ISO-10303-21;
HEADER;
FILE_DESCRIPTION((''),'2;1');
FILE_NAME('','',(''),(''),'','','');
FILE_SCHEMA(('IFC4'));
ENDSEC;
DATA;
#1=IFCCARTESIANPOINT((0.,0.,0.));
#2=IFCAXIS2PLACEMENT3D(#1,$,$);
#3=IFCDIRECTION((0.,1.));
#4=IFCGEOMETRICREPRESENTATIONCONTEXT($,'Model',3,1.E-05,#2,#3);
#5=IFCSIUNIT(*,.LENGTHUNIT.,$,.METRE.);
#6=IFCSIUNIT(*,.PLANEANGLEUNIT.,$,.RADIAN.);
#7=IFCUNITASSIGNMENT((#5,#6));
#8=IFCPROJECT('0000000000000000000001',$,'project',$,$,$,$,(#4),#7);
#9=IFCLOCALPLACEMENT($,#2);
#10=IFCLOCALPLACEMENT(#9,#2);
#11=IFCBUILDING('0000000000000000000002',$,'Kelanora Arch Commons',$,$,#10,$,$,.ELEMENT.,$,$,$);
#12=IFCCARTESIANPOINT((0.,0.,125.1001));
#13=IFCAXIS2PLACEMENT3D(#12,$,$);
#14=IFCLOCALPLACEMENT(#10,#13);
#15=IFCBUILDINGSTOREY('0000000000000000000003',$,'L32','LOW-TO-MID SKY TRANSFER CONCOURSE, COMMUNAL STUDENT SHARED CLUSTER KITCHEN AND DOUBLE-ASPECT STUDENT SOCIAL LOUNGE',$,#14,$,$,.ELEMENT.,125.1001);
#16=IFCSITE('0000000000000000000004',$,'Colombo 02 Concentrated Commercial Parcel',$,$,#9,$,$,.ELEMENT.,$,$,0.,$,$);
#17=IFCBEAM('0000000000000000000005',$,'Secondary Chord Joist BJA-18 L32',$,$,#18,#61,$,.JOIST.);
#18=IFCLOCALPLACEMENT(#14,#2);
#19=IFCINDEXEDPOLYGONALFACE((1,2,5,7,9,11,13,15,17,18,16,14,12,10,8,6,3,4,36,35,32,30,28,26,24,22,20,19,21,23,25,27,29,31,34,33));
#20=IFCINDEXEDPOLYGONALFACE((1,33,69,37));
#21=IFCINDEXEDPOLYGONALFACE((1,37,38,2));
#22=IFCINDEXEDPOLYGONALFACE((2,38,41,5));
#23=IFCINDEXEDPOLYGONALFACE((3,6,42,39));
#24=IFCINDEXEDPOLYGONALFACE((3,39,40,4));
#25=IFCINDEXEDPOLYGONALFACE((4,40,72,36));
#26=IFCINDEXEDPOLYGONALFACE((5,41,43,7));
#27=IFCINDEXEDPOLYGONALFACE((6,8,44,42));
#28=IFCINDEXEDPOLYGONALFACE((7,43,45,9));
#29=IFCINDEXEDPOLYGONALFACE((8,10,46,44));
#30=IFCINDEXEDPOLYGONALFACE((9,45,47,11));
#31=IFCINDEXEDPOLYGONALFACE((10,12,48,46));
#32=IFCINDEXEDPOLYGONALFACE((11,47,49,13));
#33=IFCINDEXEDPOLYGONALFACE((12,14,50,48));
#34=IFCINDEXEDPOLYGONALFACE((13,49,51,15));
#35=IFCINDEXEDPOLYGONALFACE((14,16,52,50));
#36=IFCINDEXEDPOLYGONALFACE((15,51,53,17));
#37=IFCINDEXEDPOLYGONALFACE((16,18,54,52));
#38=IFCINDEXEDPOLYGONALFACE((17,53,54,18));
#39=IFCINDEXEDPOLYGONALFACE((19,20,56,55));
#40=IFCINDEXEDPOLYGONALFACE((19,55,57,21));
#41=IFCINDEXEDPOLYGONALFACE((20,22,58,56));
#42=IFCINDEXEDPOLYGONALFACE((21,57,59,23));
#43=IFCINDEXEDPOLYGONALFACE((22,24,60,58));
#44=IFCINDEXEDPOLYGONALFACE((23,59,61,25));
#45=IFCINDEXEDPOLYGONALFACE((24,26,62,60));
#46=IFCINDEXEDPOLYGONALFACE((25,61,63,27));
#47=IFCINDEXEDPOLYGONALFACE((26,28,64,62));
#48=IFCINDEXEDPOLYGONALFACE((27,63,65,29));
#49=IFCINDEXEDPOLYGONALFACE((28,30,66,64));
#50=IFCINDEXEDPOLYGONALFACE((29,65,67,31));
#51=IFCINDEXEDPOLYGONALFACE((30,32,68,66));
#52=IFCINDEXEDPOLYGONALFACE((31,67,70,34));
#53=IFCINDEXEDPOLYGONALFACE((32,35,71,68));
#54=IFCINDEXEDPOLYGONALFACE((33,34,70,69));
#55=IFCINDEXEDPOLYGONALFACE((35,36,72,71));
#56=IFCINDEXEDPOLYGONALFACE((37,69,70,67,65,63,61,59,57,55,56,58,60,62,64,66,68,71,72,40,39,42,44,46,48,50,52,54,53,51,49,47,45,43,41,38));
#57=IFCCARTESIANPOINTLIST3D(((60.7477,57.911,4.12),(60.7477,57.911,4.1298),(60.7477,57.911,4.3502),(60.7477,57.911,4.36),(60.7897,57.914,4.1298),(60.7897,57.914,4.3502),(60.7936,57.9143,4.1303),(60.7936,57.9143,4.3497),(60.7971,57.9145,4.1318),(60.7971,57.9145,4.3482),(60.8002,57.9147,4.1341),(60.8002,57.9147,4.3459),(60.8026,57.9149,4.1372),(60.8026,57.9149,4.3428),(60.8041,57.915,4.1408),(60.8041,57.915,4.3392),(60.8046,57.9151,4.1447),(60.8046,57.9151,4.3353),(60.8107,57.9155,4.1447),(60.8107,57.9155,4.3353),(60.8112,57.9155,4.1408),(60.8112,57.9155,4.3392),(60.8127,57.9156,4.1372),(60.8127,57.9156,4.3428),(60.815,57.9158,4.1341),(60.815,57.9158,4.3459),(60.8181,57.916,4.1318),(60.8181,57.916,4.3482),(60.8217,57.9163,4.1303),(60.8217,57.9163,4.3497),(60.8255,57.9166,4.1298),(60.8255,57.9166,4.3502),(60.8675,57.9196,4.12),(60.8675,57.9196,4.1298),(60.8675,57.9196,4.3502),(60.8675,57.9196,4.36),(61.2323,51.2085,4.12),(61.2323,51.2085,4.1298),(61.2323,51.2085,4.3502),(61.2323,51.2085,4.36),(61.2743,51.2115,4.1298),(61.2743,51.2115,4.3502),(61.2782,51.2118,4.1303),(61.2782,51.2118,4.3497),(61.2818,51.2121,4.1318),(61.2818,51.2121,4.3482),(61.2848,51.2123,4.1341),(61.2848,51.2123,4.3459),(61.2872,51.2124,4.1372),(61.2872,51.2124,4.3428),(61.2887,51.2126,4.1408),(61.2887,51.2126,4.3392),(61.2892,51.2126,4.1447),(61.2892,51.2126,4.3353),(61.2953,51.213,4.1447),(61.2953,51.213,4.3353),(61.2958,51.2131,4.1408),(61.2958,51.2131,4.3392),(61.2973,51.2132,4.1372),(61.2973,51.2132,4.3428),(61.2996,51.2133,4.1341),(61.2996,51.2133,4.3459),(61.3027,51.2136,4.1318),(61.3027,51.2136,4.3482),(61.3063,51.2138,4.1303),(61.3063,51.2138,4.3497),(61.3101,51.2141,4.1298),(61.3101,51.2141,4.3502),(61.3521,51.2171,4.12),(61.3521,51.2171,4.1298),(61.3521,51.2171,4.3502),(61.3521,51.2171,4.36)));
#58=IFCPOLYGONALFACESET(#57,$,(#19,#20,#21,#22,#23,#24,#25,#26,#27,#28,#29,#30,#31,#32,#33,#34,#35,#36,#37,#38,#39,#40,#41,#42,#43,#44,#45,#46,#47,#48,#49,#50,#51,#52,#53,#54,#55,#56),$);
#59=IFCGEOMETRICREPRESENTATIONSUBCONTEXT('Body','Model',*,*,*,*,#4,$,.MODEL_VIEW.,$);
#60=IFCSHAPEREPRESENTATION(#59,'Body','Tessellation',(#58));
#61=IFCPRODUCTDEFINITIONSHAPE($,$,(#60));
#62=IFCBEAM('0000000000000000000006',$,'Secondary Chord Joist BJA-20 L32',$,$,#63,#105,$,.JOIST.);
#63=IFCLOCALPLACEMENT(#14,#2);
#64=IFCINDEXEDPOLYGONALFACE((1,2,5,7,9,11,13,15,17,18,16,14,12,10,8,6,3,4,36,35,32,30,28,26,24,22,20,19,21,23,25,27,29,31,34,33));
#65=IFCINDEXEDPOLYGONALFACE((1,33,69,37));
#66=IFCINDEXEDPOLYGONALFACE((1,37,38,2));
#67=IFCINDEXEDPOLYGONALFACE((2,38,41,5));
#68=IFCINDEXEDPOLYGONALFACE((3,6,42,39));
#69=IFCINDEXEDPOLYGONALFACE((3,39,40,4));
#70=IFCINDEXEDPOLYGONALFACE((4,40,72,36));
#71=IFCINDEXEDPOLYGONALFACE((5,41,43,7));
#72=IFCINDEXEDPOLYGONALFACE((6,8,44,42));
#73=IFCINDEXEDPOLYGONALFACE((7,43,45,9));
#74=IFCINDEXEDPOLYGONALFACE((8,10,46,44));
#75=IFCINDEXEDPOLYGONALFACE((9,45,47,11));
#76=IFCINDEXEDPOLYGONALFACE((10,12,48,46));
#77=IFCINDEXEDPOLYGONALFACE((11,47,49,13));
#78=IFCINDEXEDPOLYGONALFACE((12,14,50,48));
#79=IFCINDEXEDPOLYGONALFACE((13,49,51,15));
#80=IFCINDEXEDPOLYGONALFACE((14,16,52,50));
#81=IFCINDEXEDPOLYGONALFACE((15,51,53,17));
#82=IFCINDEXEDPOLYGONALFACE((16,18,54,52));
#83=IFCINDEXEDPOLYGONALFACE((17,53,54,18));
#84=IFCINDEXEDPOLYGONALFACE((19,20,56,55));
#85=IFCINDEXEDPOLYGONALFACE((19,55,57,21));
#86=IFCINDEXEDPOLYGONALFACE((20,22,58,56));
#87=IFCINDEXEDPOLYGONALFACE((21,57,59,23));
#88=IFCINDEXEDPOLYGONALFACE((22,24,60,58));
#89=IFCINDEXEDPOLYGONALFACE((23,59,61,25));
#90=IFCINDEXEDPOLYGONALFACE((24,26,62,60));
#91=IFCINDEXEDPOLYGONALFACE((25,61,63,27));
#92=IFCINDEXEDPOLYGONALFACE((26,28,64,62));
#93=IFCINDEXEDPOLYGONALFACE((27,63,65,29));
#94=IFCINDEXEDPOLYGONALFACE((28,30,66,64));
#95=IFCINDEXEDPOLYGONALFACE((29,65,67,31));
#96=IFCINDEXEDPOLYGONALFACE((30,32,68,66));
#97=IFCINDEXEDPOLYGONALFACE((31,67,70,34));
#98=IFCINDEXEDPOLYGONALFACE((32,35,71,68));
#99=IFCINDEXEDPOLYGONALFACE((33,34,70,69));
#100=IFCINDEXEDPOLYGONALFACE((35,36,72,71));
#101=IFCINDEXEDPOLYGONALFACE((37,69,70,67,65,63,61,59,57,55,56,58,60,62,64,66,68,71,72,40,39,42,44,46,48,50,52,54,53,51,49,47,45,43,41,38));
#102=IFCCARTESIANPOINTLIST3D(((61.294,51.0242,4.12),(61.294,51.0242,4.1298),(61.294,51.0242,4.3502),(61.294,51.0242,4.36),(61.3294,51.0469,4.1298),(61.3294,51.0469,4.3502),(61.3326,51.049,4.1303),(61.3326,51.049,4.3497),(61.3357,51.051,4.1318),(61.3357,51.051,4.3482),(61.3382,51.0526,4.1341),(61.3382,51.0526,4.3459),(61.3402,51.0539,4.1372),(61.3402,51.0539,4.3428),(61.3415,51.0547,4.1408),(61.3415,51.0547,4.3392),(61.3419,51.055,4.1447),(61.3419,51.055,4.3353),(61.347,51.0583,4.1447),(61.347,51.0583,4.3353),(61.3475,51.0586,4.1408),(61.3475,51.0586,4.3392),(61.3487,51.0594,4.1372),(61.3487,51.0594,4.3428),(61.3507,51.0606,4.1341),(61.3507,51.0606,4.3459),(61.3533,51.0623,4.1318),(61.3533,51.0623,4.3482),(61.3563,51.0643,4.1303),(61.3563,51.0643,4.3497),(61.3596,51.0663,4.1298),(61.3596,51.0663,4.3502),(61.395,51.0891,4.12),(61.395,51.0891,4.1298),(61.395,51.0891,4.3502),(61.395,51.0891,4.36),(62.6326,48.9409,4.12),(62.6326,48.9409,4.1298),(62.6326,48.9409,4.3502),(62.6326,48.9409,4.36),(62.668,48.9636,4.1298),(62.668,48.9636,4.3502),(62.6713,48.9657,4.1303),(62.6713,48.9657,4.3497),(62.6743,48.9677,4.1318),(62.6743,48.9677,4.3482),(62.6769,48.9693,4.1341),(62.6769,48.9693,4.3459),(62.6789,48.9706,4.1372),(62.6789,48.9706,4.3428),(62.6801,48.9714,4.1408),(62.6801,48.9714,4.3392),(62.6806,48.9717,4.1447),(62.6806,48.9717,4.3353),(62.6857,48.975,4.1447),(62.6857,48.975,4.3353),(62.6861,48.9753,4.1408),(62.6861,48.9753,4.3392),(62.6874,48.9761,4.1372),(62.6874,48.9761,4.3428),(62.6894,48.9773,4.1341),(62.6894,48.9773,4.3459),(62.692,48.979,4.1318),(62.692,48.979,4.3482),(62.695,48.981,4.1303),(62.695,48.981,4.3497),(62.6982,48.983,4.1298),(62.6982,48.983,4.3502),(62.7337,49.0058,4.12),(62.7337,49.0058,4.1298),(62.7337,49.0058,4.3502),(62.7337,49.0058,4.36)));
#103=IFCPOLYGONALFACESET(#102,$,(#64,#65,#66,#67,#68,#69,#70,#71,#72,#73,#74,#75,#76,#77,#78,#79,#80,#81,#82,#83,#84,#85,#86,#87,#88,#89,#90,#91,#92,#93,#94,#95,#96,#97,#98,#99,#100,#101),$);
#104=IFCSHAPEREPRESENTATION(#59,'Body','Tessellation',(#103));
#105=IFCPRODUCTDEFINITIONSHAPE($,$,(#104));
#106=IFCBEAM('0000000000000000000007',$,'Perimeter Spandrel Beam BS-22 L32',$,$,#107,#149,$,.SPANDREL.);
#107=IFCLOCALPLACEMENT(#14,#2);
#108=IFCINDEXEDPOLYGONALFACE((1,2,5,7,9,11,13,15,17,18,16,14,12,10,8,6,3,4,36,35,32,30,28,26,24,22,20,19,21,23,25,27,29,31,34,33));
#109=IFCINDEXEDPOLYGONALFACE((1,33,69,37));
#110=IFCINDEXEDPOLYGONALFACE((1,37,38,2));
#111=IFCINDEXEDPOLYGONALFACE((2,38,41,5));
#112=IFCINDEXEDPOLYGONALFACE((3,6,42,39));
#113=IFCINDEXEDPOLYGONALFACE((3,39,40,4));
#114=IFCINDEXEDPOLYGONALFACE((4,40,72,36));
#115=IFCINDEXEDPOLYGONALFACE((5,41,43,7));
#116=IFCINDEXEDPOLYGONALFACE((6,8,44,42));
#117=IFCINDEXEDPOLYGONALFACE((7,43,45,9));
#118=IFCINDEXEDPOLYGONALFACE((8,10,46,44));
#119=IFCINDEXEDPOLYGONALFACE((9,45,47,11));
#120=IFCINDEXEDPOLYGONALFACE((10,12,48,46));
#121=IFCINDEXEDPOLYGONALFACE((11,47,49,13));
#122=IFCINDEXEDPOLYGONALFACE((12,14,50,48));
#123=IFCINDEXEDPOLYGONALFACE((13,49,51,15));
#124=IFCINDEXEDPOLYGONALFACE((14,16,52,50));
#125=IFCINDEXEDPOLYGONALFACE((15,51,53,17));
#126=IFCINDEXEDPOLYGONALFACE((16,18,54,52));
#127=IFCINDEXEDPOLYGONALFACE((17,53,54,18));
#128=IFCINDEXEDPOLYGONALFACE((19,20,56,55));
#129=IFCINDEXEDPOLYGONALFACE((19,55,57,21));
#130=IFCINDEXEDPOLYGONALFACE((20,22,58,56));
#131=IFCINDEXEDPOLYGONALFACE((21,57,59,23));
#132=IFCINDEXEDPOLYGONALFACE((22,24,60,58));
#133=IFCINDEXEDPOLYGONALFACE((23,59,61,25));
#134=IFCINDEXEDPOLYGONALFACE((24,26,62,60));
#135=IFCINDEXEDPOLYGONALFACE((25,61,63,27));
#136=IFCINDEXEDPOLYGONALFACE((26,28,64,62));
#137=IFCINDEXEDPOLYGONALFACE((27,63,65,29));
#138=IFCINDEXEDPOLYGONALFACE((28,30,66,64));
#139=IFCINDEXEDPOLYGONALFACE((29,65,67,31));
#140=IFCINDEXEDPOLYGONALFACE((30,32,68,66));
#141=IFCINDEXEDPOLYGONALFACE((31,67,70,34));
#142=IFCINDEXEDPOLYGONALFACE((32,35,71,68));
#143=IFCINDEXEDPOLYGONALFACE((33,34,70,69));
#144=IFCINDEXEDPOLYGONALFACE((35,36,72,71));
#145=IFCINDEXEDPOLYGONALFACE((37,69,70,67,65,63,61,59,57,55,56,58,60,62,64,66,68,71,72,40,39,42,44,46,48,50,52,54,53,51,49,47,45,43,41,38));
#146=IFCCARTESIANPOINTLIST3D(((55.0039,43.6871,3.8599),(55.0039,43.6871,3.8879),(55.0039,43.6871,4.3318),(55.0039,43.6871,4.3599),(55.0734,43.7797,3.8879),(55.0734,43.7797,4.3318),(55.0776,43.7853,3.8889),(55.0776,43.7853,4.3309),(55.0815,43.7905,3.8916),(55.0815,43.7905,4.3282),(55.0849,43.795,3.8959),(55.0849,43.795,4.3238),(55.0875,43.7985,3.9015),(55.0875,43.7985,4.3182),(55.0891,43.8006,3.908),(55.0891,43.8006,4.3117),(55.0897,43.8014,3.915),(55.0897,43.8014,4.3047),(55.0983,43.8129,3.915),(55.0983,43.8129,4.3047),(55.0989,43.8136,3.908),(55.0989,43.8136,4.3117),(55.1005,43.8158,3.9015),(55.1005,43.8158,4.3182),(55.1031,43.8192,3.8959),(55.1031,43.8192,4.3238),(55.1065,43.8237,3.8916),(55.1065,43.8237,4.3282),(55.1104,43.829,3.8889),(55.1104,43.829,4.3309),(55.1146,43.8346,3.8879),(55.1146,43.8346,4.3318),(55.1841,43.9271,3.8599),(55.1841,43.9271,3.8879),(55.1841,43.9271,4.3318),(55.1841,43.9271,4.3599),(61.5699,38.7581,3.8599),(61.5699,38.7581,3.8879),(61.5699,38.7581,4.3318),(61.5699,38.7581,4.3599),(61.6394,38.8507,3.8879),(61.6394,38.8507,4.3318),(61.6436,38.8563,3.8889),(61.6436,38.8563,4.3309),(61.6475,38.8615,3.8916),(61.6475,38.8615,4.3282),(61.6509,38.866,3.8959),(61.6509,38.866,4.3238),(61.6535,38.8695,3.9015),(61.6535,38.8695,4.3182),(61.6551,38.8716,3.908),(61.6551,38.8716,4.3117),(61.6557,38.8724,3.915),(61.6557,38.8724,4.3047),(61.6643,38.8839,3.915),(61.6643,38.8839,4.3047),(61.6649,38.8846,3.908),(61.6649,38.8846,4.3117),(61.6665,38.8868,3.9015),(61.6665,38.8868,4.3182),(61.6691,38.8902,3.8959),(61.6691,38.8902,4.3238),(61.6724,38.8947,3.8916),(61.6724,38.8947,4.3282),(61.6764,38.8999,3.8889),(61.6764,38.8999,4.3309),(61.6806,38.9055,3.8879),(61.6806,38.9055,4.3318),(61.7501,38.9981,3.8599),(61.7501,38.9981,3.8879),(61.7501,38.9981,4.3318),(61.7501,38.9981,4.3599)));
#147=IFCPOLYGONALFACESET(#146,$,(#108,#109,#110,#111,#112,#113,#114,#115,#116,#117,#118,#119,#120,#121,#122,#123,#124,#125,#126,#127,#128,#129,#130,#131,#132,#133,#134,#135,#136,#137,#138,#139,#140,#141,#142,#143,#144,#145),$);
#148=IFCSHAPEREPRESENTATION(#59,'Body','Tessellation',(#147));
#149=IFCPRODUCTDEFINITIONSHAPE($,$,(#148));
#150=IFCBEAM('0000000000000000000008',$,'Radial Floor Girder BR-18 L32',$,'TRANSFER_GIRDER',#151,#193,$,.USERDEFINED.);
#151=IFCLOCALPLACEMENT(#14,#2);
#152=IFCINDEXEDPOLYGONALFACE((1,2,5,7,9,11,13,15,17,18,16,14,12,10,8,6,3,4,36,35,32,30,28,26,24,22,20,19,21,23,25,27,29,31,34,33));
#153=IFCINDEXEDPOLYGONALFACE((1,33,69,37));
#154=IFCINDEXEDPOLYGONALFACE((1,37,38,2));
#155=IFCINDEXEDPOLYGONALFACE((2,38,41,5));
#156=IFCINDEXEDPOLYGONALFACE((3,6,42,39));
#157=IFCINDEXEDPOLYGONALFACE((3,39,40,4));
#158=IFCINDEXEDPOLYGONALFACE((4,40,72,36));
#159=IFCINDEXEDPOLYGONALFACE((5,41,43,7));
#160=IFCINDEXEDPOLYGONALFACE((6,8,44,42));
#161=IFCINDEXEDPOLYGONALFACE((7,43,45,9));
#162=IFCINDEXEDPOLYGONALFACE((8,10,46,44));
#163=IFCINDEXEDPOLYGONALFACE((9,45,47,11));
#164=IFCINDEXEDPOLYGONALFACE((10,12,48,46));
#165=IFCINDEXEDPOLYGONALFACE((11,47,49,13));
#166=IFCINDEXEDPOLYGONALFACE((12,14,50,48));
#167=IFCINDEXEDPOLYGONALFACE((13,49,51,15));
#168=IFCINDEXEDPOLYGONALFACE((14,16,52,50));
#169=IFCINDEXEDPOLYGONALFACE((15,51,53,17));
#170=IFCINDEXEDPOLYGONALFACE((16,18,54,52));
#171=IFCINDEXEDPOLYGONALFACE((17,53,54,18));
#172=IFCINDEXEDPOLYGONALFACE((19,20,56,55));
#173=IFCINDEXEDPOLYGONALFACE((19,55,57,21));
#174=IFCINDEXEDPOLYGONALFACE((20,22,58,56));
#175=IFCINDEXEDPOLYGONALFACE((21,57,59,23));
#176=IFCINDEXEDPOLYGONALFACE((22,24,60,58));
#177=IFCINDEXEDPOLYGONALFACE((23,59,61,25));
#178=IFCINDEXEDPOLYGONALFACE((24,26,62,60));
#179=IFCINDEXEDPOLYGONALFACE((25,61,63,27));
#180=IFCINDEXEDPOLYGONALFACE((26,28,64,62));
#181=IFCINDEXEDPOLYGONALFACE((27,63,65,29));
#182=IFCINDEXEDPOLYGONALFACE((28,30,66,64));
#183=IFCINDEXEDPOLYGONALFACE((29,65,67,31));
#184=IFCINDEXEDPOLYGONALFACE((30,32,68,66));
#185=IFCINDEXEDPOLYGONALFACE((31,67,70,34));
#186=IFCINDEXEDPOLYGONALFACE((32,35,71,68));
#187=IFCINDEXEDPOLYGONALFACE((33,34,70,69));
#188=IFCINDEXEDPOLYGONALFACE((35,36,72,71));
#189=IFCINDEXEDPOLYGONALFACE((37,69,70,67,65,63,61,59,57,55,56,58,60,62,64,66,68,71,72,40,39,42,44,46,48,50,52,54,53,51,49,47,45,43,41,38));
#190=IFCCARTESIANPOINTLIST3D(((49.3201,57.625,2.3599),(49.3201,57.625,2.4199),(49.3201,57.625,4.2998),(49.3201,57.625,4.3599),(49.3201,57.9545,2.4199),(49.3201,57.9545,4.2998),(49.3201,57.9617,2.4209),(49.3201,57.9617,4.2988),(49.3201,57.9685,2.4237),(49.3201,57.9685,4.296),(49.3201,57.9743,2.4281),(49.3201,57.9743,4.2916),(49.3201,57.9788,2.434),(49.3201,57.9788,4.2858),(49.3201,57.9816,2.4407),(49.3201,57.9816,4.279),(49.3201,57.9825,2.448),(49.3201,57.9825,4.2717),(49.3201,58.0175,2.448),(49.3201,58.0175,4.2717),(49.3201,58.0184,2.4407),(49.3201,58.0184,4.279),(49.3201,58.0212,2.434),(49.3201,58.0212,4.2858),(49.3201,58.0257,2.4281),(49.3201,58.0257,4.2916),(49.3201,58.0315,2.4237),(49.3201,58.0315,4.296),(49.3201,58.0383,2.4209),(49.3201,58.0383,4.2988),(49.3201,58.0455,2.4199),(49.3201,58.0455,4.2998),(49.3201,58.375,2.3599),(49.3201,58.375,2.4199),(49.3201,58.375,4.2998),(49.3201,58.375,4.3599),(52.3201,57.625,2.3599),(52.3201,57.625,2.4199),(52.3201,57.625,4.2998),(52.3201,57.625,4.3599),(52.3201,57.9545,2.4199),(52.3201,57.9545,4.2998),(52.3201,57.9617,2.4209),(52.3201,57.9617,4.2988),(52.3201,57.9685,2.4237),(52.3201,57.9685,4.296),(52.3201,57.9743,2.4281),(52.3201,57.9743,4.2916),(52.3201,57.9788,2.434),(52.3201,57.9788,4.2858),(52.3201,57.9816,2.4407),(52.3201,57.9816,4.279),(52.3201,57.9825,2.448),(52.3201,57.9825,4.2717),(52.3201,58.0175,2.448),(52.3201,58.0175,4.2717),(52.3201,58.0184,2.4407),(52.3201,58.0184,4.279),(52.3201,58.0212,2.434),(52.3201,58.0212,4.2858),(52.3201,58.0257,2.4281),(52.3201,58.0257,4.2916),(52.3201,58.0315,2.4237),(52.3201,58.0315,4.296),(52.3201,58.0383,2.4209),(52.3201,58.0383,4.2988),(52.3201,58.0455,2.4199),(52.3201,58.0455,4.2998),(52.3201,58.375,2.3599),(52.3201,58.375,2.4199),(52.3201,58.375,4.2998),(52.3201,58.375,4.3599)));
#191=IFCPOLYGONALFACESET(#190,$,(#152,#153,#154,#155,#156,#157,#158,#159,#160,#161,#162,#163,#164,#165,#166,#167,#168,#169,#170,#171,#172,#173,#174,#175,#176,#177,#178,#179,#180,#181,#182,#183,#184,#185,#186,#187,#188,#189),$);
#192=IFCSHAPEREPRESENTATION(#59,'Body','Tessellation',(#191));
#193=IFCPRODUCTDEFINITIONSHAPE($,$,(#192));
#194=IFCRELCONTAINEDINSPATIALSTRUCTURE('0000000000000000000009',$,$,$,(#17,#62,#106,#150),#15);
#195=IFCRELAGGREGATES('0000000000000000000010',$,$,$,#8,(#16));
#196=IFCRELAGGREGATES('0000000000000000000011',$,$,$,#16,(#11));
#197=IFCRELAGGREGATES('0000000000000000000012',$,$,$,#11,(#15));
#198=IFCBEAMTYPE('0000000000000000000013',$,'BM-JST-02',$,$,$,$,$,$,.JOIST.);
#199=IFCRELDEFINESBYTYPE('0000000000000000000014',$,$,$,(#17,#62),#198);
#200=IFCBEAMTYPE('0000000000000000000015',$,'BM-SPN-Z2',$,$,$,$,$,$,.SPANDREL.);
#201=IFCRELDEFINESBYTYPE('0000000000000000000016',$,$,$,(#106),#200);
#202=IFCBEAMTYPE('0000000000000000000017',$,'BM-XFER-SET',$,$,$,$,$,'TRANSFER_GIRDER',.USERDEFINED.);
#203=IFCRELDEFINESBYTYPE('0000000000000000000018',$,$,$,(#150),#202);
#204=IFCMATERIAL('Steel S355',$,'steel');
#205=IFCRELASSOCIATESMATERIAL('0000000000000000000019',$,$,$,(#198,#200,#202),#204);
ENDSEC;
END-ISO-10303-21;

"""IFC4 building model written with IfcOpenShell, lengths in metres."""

from ifc_helpers import new_model, si_unit, direction, frame, origin, origin_2d, place, context, subcontext, project, spatial, i_section, extrude, material, material_profile, profile_set, type_object, element, save


model = new_model("IFC4")

# Units and contexts
model_context = context("Model", 3, precision=1e-05, world=origin(), true_north=direction((0.0, 1.0)))
body_context = subcontext(model_context, "Body", "Model", "MODEL_VIEW")
ifc_project = project(units=[si_unit("LENGTHUNIT", "METRE"), si_unit("PLANEANGLEUNIT", "RADIAN")], contexts=[model_context])

# Site, building, storey
site_placement = place(None, origin())
site = spatial("IfcSite", under=ifc_project, at=site_placement, Name="Colombo 02 Concentrated Commercial Parcel", CompositionType="ELEMENT", RefElevation=0.0)
building_placement = place(site_placement, origin())
building = spatial("IfcBuilding", under=site, at=building_placement, Name="Kelanora Arch Commons", CompositionType="ELEMENT")
storey_placement = place(building_placement, frame((0.0, 0.0, 125.1001)))
storey = spatial("IfcBuildingStorey", under=building, at=storey_placement, Name="L32", Description="LOW-TO-MID SKY TRANSFER CONCOURSE, COMMUNAL STUDENT SHARED CLUSTER KITCHEN AND DOUBLE-ASPECT STUDENT SOCIAL LOUNGE", CompositionType="ELEMENT", Elevation=125.1001)

# Beams
ifc_material_1 = material(Name="Steel S355", Category="steel")
ifc_material_profile_1 = material_profile(ifc_material_1, i_section(OverallWidth=0.1201, OverallDepth=0.24, WebThickness=0.0061, FlangeThickness=0.0098, FilletRadius=0.0149, at=origin_2d()), Name="IPE240")
ifc_profile_set_1 = profile_set([ifc_material_profile_1], Name="Steel S355")
beam_type_1 = type_object("IfcBeamType", Name="BM-JST-02", PredefinedType="JOIST", material=ifc_profile_set_1)
beam_1_placement = place(storey_placement, frame((60.8076, 57.9153, 4.24), z_axis=(0.072117, -0.997396, 0.0), x_axis=(0.997396, 0.072117, 0.0)))
element("IfcBeam", 1, at=beam_1_placement, inside=storey, type_object=beam_type_1, Name="Secondary Chord Joist BJA-18 L32", PredefinedType="JOIST", context=body_context, shape_type="SweptSolid", body=[
    extrude(i_section(OverallWidth=0.1201, OverallDepth=0.24, WebThickness=0.0061, FlangeThickness=0.0098, FilletRadius=0.0149, at=origin_2d()), origin(), (0.0, 0.0, 1.0), 6.72),
])
beam_2_placement = place(storey_placement, frame((61.3445, 51.0566, 4.24), z_axis=(0.540583, -0.841291, 0.0), x_axis=(0.841291, 0.540583, 0.0)))
element("IfcBeam", 2, at=beam_2_placement, inside=storey, type_object=beam_type_1, Name="Secondary Chord Joist BJA-20 L32", PredefinedType="JOIST", context=body_context, shape_type="SweptSolid", body=[
    extrude(i_section(OverallWidth=0.1201, OverallDepth=0.24, WebThickness=0.0061, FlangeThickness=0.0098, FilletRadius=0.0149, at=origin_2d()), origin(), (0.0, 0.0, 1.0), 2.4763),
])
ifc_material_profile_2 = material_profile(ifc_material_1, i_section(OverallWidth=0.3, OverallDepth=0.5, WebThickness=0.0144, FlangeThickness=0.0281, FilletRadius=0.0271, at=origin_2d()), Name="HEB500")
ifc_profile_set_2 = profile_set([ifc_material_profile_2], Name="Steel S355")
beam_type_2 = type_object("IfcBeamType", Name="BM-SPN-Z2", PredefinedType="SPANDREL", material=ifc_profile_set_2)
beam_3_placement = place(storey_placement, frame((55.094, 43.8071, 4.1099), z_axis=(0.799736, -0.600352, 0.0), x_axis=(0.600352, 0.799736, 0.0)))
element("IfcBeam", 3, at=beam_3_placement, inside=storey, type_object=beam_type_2, Name="Perimeter Spandrel Beam BS-22 L32", PredefinedType="SPANDREL", context=body_context, shape_type="SweptSolid", body=[
    extrude(i_section(OverallWidth=0.3, OverallDepth=0.5, WebThickness=0.0144, FlangeThickness=0.0281, FilletRadius=0.0271, at=origin_2d()), origin(), (0.0, 0.0, 1.0), 8.2102),
])
ifc_material_profile_3 = material_profile(ifc_material_1, i_section(OverallWidth=0.75, OverallDepth=2.0, WebThickness=0.0349, FlangeThickness=0.0601, FilletRadius=0.0281, at=origin_2d()), Name="PG2000x750")
ifc_profile_set_3 = profile_set([ifc_material_profile_3], Name="Steel S355")
beam_type_3 = type_object("IfcBeamType", Name="BM-XFER-SET", ElementType="TRANSFER_GIRDER", PredefinedType="USERDEFINED", material=ifc_profile_set_3)
beam_4_placement = place(storey_placement, frame((52.3201, 58.0, 3.3599), z_axis=(-1.0, 0.0, 0.0), x_axis=(0.0, -1.0, 0.0)))
element("IfcBeam", 4, at=beam_4_placement, inside=storey, type_object=beam_type_3, Name="Radial Floor Girder BR-18 L32", ObjectType="TRANSFER_GIRDER", PredefinedType="USERDEFINED", context=body_context, shape_type="SweptSolid", body=[
    extrude(i_section(OverallWidth=0.75, OverallDepth=2.0, WebThickness=0.0349, FlangeThickness=0.0601, FilletRadius=0.0281, at=origin_2d()), origin(), (0.0, 0.0, 1.0), 3.0),
])

save(model, "model.ifc")
